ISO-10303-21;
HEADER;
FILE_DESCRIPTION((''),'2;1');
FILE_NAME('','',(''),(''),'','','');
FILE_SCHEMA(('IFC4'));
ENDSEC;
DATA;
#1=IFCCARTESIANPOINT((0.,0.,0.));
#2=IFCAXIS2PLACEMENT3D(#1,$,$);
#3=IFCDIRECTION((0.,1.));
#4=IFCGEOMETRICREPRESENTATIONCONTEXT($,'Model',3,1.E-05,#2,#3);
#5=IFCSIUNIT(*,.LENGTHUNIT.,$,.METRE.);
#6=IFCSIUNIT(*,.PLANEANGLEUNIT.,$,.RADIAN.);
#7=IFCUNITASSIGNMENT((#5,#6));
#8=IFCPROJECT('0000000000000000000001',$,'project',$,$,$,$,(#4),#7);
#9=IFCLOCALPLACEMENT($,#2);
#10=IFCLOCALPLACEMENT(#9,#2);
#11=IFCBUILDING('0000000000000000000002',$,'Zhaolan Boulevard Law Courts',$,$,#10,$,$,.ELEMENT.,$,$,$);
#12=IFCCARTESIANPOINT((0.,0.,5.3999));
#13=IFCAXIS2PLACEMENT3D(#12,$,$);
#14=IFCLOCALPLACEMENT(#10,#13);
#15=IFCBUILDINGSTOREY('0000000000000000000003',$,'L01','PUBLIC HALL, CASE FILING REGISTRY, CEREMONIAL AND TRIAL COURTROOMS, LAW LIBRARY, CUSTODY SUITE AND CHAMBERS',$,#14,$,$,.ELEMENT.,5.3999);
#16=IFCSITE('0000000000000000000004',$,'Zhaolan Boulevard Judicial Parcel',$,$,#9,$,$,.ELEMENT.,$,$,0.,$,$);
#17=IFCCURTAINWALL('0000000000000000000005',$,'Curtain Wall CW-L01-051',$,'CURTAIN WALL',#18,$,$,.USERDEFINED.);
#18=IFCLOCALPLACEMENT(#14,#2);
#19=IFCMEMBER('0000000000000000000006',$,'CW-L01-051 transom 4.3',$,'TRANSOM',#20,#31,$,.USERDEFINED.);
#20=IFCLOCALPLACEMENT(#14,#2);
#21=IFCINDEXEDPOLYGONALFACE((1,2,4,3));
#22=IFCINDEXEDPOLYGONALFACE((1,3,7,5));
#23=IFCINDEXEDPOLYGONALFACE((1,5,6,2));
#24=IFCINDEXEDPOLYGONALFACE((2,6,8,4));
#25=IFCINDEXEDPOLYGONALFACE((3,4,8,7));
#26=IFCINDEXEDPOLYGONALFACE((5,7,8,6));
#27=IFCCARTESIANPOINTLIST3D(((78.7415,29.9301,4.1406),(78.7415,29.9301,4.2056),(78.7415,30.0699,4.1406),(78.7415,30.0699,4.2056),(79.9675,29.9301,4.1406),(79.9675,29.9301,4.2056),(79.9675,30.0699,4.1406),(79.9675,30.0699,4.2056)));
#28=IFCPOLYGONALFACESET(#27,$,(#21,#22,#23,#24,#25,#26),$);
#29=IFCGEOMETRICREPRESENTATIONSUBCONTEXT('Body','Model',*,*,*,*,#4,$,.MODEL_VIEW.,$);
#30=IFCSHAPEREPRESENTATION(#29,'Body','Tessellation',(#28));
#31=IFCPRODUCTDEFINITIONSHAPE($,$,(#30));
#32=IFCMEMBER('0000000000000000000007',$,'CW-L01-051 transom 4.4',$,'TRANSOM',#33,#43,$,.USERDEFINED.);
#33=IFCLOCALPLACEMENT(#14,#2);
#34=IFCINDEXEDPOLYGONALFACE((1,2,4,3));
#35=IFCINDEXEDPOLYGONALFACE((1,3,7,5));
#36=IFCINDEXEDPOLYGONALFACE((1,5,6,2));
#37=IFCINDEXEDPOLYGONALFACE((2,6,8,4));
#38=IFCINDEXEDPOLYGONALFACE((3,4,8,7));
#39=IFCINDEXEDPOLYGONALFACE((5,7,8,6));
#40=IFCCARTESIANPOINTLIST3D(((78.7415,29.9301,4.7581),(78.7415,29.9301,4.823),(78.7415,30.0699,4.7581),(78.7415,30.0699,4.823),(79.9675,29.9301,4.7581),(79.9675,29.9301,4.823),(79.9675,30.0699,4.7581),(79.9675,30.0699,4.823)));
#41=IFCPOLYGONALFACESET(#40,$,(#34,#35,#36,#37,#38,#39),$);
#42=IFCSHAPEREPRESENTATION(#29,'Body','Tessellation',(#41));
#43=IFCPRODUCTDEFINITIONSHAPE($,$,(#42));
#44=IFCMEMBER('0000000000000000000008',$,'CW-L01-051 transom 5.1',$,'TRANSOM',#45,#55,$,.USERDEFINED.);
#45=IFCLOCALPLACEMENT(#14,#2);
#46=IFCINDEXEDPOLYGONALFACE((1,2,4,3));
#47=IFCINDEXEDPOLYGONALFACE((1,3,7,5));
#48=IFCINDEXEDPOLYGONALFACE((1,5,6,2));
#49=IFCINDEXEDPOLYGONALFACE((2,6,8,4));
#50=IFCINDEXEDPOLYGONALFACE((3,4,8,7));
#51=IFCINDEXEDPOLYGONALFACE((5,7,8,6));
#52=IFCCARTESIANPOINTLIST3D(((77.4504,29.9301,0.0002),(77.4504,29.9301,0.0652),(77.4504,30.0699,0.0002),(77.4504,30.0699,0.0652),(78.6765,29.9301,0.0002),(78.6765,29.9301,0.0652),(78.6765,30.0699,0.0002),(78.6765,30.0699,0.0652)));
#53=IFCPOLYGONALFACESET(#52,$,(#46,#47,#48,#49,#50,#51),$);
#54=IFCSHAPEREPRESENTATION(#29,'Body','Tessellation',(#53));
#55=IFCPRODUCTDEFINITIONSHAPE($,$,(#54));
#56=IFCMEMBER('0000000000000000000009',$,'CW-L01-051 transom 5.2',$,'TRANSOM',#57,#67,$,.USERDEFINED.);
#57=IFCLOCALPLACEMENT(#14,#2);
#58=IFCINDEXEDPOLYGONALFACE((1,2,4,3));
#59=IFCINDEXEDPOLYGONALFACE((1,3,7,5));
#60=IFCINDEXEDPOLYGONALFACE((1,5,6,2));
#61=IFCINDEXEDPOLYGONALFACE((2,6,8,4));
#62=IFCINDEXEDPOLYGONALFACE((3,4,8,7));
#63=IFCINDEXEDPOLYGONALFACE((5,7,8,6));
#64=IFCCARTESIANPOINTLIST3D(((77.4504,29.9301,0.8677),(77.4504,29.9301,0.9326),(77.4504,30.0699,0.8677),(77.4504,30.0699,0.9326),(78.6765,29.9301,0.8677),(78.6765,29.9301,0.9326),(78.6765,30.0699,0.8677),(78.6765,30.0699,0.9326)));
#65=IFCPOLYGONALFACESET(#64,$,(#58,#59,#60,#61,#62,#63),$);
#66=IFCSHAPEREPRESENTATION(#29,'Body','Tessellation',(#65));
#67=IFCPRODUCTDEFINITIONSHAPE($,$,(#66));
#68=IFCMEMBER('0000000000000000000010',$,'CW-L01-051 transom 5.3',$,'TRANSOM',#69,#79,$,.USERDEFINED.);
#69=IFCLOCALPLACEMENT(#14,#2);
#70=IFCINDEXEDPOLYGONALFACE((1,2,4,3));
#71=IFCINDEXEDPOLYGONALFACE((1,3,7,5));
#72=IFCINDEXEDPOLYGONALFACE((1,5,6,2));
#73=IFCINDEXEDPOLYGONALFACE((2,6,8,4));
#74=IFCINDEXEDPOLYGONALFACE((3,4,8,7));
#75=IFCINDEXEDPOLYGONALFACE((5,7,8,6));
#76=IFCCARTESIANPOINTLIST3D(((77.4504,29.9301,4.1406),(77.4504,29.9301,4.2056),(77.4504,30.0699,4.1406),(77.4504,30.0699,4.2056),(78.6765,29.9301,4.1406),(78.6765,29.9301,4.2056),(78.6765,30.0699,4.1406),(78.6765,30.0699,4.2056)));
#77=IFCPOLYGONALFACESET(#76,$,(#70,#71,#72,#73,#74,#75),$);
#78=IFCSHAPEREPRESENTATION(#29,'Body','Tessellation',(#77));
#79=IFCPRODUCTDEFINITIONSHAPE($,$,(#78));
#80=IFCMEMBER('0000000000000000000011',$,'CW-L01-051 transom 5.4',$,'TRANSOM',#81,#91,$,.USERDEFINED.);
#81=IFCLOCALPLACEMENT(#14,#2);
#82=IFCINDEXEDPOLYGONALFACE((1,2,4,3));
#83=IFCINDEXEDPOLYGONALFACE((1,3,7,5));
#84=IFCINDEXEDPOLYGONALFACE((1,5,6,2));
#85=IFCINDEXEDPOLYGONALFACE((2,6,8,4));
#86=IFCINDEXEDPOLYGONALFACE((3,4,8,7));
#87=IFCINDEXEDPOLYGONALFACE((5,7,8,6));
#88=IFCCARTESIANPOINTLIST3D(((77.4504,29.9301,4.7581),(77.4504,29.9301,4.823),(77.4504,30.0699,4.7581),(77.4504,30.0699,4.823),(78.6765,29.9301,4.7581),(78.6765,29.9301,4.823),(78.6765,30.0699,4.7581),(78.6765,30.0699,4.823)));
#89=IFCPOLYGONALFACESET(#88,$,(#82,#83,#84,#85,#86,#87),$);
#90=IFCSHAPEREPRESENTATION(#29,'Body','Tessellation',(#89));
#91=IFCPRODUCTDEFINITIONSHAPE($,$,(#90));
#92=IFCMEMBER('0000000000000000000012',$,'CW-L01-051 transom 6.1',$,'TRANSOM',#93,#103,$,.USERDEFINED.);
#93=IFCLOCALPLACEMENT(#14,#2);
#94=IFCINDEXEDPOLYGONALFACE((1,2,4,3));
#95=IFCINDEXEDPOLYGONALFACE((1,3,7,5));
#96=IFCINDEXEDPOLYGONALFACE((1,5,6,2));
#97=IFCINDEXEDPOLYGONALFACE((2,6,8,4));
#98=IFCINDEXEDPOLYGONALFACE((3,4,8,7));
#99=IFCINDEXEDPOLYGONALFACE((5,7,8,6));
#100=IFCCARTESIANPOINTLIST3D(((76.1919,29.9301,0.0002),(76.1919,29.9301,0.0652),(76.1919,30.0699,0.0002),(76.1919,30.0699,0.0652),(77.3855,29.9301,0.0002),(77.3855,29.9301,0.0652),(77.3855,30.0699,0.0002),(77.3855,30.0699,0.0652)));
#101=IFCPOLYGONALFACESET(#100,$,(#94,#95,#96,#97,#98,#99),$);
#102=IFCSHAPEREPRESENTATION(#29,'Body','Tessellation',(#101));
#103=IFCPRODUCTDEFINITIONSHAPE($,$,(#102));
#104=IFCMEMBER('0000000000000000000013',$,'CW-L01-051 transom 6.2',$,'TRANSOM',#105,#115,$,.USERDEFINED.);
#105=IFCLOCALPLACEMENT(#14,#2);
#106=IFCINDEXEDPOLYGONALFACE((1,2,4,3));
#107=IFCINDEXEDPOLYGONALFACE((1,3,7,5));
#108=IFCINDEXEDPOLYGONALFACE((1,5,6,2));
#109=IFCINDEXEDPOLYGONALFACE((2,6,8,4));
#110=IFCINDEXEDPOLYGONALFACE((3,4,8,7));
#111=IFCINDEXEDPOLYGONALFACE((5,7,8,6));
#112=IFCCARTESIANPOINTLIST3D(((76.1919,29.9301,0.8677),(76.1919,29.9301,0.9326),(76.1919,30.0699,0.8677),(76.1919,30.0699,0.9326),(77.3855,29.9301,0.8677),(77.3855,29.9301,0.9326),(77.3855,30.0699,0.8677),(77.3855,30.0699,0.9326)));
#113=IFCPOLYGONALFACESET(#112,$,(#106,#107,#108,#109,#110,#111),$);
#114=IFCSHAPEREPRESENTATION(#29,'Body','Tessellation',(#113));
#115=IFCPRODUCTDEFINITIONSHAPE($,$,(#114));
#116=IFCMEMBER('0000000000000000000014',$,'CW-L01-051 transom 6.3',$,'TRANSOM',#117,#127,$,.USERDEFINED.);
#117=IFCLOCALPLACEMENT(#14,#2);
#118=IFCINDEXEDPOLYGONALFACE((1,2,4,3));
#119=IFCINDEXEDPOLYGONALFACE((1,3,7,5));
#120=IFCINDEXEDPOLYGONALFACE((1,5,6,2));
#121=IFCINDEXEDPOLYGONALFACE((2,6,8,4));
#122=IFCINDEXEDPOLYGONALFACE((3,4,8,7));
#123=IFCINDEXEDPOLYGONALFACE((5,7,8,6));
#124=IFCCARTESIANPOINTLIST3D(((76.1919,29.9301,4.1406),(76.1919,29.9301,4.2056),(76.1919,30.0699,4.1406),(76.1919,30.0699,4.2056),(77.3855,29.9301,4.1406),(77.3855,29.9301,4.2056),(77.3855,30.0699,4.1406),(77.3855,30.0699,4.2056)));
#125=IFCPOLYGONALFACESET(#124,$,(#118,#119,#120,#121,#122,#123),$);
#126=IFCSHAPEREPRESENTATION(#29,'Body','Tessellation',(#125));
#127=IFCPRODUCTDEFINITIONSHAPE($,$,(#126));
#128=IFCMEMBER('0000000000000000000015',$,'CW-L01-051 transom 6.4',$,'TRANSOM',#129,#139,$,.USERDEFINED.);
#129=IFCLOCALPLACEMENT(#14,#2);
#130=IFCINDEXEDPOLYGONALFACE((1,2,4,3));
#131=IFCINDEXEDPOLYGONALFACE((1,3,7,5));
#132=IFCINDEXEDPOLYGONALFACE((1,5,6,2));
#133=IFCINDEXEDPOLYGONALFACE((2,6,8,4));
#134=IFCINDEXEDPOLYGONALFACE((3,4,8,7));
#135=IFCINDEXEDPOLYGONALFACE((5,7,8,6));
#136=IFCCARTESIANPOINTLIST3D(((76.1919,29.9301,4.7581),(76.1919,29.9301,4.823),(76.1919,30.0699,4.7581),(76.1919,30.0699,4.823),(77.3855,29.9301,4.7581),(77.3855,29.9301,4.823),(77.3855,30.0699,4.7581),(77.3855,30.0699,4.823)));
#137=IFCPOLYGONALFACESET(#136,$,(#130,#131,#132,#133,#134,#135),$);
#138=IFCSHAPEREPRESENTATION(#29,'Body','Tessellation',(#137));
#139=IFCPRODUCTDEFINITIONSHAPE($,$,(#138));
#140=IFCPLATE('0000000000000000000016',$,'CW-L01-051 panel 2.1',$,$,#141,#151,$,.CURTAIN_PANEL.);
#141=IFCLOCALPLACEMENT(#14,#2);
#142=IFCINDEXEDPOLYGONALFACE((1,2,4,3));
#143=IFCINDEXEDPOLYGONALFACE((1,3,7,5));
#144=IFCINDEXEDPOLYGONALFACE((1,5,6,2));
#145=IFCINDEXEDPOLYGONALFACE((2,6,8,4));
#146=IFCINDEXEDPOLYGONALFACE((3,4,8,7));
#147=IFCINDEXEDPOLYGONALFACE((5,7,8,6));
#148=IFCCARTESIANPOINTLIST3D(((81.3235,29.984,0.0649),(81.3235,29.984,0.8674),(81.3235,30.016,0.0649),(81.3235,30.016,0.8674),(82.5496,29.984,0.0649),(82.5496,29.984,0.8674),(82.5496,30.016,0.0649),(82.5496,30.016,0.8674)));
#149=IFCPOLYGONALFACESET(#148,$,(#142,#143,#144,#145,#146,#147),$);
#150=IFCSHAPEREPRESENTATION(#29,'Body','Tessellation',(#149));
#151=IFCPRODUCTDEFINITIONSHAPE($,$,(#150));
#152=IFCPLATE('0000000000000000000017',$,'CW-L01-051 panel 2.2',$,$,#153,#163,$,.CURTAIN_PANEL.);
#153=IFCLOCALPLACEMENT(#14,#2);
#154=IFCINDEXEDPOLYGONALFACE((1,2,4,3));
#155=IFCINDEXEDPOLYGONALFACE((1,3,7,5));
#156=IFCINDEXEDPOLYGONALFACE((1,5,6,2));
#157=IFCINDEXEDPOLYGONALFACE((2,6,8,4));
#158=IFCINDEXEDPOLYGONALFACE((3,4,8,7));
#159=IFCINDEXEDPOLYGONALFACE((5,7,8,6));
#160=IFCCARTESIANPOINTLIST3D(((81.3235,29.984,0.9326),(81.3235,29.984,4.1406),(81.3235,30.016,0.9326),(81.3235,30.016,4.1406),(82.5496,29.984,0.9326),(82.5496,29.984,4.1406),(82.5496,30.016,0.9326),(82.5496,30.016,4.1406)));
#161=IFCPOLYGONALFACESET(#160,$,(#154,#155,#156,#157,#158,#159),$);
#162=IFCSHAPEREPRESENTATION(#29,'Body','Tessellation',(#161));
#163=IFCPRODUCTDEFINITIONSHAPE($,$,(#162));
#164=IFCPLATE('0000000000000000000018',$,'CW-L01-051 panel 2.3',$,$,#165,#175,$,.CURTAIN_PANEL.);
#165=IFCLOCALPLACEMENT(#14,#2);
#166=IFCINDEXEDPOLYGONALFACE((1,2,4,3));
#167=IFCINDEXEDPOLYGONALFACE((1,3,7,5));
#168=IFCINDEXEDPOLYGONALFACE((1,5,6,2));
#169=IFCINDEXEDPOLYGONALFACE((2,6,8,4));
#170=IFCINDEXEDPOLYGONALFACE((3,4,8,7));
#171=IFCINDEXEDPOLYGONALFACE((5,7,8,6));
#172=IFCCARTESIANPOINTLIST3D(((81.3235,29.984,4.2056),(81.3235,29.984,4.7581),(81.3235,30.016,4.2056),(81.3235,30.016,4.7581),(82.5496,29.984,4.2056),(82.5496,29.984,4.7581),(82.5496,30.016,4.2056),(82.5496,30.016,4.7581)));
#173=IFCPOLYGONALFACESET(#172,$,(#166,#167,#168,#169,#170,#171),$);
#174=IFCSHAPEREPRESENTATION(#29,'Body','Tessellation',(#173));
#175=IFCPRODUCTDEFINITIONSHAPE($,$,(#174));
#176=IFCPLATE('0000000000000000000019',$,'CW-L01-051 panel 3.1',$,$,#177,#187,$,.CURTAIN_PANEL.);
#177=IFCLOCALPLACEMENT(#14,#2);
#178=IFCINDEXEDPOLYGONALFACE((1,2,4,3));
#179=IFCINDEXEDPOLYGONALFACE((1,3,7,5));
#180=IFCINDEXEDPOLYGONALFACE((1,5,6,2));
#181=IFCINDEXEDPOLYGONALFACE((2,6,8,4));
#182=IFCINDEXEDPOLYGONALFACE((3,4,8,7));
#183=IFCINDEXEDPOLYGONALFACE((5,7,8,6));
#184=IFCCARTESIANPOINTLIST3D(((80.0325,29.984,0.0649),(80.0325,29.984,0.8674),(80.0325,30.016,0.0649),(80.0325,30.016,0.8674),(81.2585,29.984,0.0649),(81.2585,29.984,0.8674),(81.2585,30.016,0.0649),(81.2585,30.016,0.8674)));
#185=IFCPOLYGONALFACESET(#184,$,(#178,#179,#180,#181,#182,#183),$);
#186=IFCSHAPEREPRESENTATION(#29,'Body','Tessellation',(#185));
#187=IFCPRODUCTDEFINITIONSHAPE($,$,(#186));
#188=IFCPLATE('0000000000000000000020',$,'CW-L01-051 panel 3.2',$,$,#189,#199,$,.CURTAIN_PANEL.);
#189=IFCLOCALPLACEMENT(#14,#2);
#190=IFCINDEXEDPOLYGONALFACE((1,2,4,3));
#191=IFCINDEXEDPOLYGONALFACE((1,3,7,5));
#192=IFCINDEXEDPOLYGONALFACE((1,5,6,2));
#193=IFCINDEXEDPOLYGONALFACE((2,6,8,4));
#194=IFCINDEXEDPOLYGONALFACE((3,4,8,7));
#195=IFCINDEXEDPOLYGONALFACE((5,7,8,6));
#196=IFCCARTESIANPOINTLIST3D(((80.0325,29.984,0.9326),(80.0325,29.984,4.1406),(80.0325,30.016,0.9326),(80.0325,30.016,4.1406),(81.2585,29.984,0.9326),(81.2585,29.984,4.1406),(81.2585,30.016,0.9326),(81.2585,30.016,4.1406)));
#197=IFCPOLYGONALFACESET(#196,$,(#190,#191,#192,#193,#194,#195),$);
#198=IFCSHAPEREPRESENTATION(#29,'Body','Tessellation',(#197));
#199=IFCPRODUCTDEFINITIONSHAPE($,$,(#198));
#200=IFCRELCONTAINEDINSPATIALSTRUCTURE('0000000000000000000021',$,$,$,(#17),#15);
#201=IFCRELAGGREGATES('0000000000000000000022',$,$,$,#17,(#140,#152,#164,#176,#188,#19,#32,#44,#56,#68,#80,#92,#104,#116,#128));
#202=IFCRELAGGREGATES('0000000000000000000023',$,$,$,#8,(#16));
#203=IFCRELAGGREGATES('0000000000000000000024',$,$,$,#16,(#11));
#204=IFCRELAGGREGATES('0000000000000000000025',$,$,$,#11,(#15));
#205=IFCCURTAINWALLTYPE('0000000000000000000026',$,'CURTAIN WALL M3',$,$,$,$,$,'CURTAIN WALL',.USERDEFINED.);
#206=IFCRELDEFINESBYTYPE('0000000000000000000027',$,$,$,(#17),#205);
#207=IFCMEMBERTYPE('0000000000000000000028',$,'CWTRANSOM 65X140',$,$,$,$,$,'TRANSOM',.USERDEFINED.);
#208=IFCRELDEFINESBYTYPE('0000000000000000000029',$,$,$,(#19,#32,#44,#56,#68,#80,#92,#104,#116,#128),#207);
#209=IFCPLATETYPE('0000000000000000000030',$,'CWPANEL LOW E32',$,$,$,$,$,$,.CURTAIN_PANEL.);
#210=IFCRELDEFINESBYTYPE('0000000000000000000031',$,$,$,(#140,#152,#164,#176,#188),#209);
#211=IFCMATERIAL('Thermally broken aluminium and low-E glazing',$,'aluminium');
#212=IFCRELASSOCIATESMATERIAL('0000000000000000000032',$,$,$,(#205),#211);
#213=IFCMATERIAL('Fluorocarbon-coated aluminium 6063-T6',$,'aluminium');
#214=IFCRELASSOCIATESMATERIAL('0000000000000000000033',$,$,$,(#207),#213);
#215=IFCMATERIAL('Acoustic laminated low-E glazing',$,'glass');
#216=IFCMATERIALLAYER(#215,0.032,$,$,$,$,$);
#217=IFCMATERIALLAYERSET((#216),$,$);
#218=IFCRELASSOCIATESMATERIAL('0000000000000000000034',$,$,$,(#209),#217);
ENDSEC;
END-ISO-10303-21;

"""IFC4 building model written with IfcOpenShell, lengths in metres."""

from ifc_helpers import new_model, si_unit, direction, frame, origin, origin_2d, place, context, subcontext, project, spatial, rectangle, extrude, material, layer, layer_set, material_profile, profile_set, type_object, element, aggregate, save


model = new_model("IFC4")

# Units and contexts
model_context = context("Model", 3, precision=1e-05, world=origin(), true_north=direction((0.0, 1.0)))
body_context = subcontext(model_context, "Body", "Model", "MODEL_VIEW")
ifc_project = project(units=[si_unit("LENGTHUNIT", "METRE"), si_unit("PLANEANGLEUNIT", "RADIAN")], contexts=[model_context])

# Site, building, storey
site_placement = place(None, origin())
site = spatial("IfcSite", under=ifc_project, at=site_placement, Name="Zhaolan Boulevard Judicial Parcel", CompositionType="ELEMENT", RefElevation=0.0)
building_placement = place(site_placement, origin())
building = spatial("IfcBuilding", under=site, at=building_placement, Name="Zhaolan Boulevard Law Courts", CompositionType="ELEMENT")
storey_placement = place(building_placement, frame((0.0, 0.0, 5.3999)))
storey = spatial("IfcBuildingStorey", under=building, at=storey_placement, Name="L01", Description="PUBLIC HALL, CASE FILING REGISTRY, CEREMONIAL AND TRIAL COURTROOMS, LAW LIBRARY, CUSTODY SUITE AND CHAMBERS", CompositionType="ELEMENT", Elevation=5.3999)

# Curtain wall, members, plates
ifc_material_1 = material(Name="Thermally broken aluminium and low-E glazing", Category="aluminium")
curtain_wall_type = type_object("IfcCurtainWallType", Name="CURTAIN WALL M3", ElementType="CURTAIN WALL", PredefinedType="USERDEFINED", material=ifc_material_1)
curtain_wall_placement = place(storey_placement, origin())
curtain_wall = element("IfcCurtainWall", 1, at=curtain_wall_placement, inside=storey, type_object=curtain_wall_type, Name="Curtain Wall CW-L01-051", ObjectType="CURTAIN WALL", PredefinedType="USERDEFINED")
ifc_material_2 = material(Name="Fluorocarbon-coated aluminium 6063-T6", Category="aluminium")
ifc_material_profile_1 = material_profile(ifc_material_2, rectangle(XDim=0.1399, YDim=0.0649, at=origin_2d()), Name="AL65x140")
ifc_profile_set_1 = profile_set([ifc_material_profile_1], Name="Fluorocarbon-coated aluminium 6063-T6")
member_type_1 = type_object("IfcMemberType", Name="CWTRANSOM 65X140", ElementType="TRANSOM", PredefinedType="USERDEFINED", material=ifc_profile_set_1)
member_1_placement = place(storey_placement, frame((79.9675, 30.0, 4.1731), z_axis=(-1.0, 0.0, 0.0), x_axis=(0.0, -1.0, 0.0)))
member_1 = element("IfcMember", 2, at=member_1_placement, type_object=member_type_1, Name="CW-L01-051 transom 4.3", ObjectType="TRANSOM", PredefinedType="USERDEFINED", context=body_context, shape_type="SweptSolid", body=[
    extrude(rectangle(XDim=0.1399, YDim=0.0649, at=origin_2d()), origin(), (0.0, 0.0, 1.0), 1.2261),
])
member_2_placement = place(storey_placement, frame((79.9675, 30.0, 4.7905), z_axis=(-1.0, 0.0, 0.0), x_axis=(0.0, -1.0, 0.0)))
member_2 = element("IfcMember", 3, at=member_2_placement, type_object=member_type_1, Name="CW-L01-051 transom 4.4", ObjectType="TRANSOM", PredefinedType="USERDEFINED", context=body_context, shape_type="SweptSolid", body=[
    extrude(rectangle(XDim=0.1399, YDim=0.0649, at=origin_2d()), origin(), (0.0, 0.0, 1.0), 1.2261),
])
member_3_placement = place(storey_placement, frame((78.6765, 30.0, 0.0327), z_axis=(-1.0, 0.0, 0.0), x_axis=(0.0, -1.0, 0.0)))
member_3 = element("IfcMember", 4, at=member_3_placement, type_object=member_type_1, Name="CW-L01-051 transom 5.1", ObjectType="TRANSOM", PredefinedType="USERDEFINED", context=body_context, shape_type="SweptSolid", body=[
    extrude(rectangle(XDim=0.1399, YDim=0.0649, at=origin_2d()), origin(), (0.0, 0.0, 1.0), 1.2261),
])
member_4_placement = place(storey_placement, frame((78.6765, 30.0, 0.9001), z_axis=(-1.0, 0.0, 0.0), x_axis=(0.0, -1.0, 0.0)))
member_4 = element("IfcMember", 5, at=member_4_placement, type_object=member_type_1, Name="CW-L01-051 transom 5.2", ObjectType="TRANSOM", PredefinedType="USERDEFINED", context=body_context, shape_type="SweptSolid", body=[
    extrude(rectangle(XDim=0.1399, YDim=0.0649, at=origin_2d()), origin(), (0.0, 0.0, 1.0), 1.2261),
])
member_5_placement = place(storey_placement, frame((78.6765, 30.0, 4.1731), z_axis=(-1.0, 0.0, 0.0), x_axis=(0.0, -1.0, 0.0)))
member_5 = element("IfcMember", 6, at=member_5_placement, type_object=member_type_1, Name="CW-L01-051 transom 5.3", ObjectType="TRANSOM", PredefinedType="USERDEFINED", context=body_context, shape_type="SweptSolid", body=[
    extrude(rectangle(XDim=0.1399, YDim=0.0649, at=origin_2d()), origin(), (0.0, 0.0, 1.0), 1.2261),
])
member_6_placement = place(storey_placement, frame((78.6765, 30.0, 4.7905), z_axis=(-1.0, 0.0, 0.0), x_axis=(0.0, -1.0, 0.0)))
member_6 = element("IfcMember", 7, at=member_6_placement, type_object=member_type_1, Name="CW-L01-051 transom 5.4", ObjectType="TRANSOM", PredefinedType="USERDEFINED", context=body_context, shape_type="SweptSolid", body=[
    extrude(rectangle(XDim=0.1399, YDim=0.0649, at=origin_2d()), origin(), (0.0, 0.0, 1.0), 1.2261),
])
member_7_placement = place(storey_placement, frame((77.3855, 30.0, 0.0327), z_axis=(-1.0, 0.0, 0.0), x_axis=(0.0, -1.0, 0.0)))
member_7 = element("IfcMember", 8, at=member_7_placement, type_object=member_type_1, Name="CW-L01-051 transom 6.1", ObjectType="TRANSOM", PredefinedType="USERDEFINED", context=body_context, shape_type="SweptSolid", body=[
    extrude(rectangle(XDim=0.1399, YDim=0.0649, at=origin_2d()), origin(), (0.0, 0.0, 1.0), 1.1936),
])
member_8_placement = place(storey_placement, frame((77.3855, 30.0, 0.9001), z_axis=(-1.0, 0.0, 0.0), x_axis=(0.0, -1.0, 0.0)))
member_8 = element("IfcMember", 9, at=member_8_placement, type_object=member_type_1, Name="CW-L01-051 transom 6.2", ObjectType="TRANSOM", PredefinedType="USERDEFINED", context=body_context, shape_type="SweptSolid", body=[
    extrude(rectangle(XDim=0.1399, YDim=0.0649, at=origin_2d()), origin(), (0.0, 0.0, 1.0), 1.1936),
])
member_9_placement = place(storey_placement, frame((77.3855, 30.0, 4.1731), z_axis=(-1.0, 0.0, 0.0), x_axis=(0.0, -1.0, 0.0)))
member_9 = element("IfcMember", 10, at=member_9_placement, type_object=member_type_1, Name="CW-L01-051 transom 6.3", ObjectType="TRANSOM", PredefinedType="USERDEFINED", context=body_context, shape_type="SweptSolid", body=[
    extrude(rectangle(XDim=0.1399, YDim=0.0649, at=origin_2d()), origin(), (0.0, 0.0, 1.0), 1.1936),
])
member_10_placement = place(storey_placement, frame((77.3855, 30.0, 4.7905), z_axis=(-1.0, 0.0, 0.0), x_axis=(0.0, -1.0, 0.0)))
member_10 = element("IfcMember", 11, at=member_10_placement, type_object=member_type_1, Name="CW-L01-051 transom 6.4", ObjectType="TRANSOM", PredefinedType="USERDEFINED", context=body_context, shape_type="SweptSolid", body=[
    extrude(rectangle(XDim=0.1399, YDim=0.0649, at=origin_2d()), origin(), (0.0, 0.0, 1.0), 1.1936),
])
ifc_material_3 = material(Name="Acoustic laminated low-E glazing", Category="glass")
ifc_layer = layer(ifc_material_3, 0.032)
ifc_layer_set = layer_set([ifc_layer])
plate_type = type_object("IfcPlateType", Name="CWPANEL LOW E32", PredefinedType="CURTAIN_PANEL", material=ifc_layer_set)
plate_1_placement = place(storey_placement, frame((81.9365, 30.0, 0.0649), z_axis=(0.0, 0.0, 1.0), x_axis=(-1.0, 0.0, 0.0)))
plate_1 = element("IfcPlate", 12, at=plate_1_placement, type_object=plate_type, Name="CW-L01-051 panel 2.1", PredefinedType="CURTAIN_PANEL", context=body_context, shape_type="SweptSolid", body=[
    extrude(rectangle(XDim=1.2261, YDim=0.032, at=origin_2d()), origin(), (0.0, 0.0, 1.0), 0.8025),
])
plate_2_placement = place(storey_placement, frame((81.9365, 30.0, 0.9326), z_axis=(0.0, 0.0, 1.0), x_axis=(-1.0, 0.0, 0.0)))
plate_2 = element("IfcPlate", 13, at=plate_2_placement, type_object=plate_type, Name="CW-L01-051 panel 2.2", PredefinedType="CURTAIN_PANEL", context=body_context, shape_type="SweptSolid", body=[
    extrude(rectangle(XDim=1.2261, YDim=0.032, at=origin_2d()), origin(), (0.0, 0.0, 1.0), 3.208),
])
plate_3_placement = place(storey_placement, frame((81.9365, 30.0, 4.2056), z_axis=(0.0, 0.0, 1.0), x_axis=(-1.0, 0.0, 0.0)))
plate_3 = element("IfcPlate", 14, at=plate_3_placement, type_object=plate_type, Name="CW-L01-051 panel 2.3", PredefinedType="CURTAIN_PANEL", context=body_context, shape_type="SweptSolid", body=[
    extrude(rectangle(XDim=1.2261, YDim=0.032, at=origin_2d()), origin(), (0.0, 0.0, 1.0), 0.5525),
])
plate_4_placement = place(storey_placement, frame((80.6455, 30.0, 0.0649), z_axis=(0.0, 0.0, 1.0), x_axis=(-1.0, 0.0, 0.0)))
plate_4 = element("IfcPlate", 15, at=plate_4_placement, type_object=plate_type, Name="CW-L01-051 panel 3.1", PredefinedType="CURTAIN_PANEL", context=body_context, shape_type="SweptSolid", body=[
    extrude(rectangle(XDim=1.2261, YDim=0.032, at=origin_2d()), origin(), (0.0, 0.0, 1.0), 0.8025),
])
plate_5_placement = place(storey_placement, frame((80.6455, 30.0, 0.9326), z_axis=(0.0, 0.0, 1.0), x_axis=(-1.0, 0.0, 0.0)))
plate_5 = element("IfcPlate", 16, at=plate_5_placement, type_object=plate_type, Name="CW-L01-051 panel 3.2", PredefinedType="CURTAIN_PANEL", context=body_context, shape_type="SweptSolid", body=[
    extrude(rectangle(XDim=1.2261, YDim=0.032, at=origin_2d()), origin(), (0.0, 0.0, 1.0), 3.208),
])
aggregate(curtain_wall, [plate_1, plate_2, plate_3, plate_4, plate_5, member_1, member_2, member_3, member_4, member_5, member_6, member_7, member_8, member_9, member_10])

save(model, "model.ifc")
